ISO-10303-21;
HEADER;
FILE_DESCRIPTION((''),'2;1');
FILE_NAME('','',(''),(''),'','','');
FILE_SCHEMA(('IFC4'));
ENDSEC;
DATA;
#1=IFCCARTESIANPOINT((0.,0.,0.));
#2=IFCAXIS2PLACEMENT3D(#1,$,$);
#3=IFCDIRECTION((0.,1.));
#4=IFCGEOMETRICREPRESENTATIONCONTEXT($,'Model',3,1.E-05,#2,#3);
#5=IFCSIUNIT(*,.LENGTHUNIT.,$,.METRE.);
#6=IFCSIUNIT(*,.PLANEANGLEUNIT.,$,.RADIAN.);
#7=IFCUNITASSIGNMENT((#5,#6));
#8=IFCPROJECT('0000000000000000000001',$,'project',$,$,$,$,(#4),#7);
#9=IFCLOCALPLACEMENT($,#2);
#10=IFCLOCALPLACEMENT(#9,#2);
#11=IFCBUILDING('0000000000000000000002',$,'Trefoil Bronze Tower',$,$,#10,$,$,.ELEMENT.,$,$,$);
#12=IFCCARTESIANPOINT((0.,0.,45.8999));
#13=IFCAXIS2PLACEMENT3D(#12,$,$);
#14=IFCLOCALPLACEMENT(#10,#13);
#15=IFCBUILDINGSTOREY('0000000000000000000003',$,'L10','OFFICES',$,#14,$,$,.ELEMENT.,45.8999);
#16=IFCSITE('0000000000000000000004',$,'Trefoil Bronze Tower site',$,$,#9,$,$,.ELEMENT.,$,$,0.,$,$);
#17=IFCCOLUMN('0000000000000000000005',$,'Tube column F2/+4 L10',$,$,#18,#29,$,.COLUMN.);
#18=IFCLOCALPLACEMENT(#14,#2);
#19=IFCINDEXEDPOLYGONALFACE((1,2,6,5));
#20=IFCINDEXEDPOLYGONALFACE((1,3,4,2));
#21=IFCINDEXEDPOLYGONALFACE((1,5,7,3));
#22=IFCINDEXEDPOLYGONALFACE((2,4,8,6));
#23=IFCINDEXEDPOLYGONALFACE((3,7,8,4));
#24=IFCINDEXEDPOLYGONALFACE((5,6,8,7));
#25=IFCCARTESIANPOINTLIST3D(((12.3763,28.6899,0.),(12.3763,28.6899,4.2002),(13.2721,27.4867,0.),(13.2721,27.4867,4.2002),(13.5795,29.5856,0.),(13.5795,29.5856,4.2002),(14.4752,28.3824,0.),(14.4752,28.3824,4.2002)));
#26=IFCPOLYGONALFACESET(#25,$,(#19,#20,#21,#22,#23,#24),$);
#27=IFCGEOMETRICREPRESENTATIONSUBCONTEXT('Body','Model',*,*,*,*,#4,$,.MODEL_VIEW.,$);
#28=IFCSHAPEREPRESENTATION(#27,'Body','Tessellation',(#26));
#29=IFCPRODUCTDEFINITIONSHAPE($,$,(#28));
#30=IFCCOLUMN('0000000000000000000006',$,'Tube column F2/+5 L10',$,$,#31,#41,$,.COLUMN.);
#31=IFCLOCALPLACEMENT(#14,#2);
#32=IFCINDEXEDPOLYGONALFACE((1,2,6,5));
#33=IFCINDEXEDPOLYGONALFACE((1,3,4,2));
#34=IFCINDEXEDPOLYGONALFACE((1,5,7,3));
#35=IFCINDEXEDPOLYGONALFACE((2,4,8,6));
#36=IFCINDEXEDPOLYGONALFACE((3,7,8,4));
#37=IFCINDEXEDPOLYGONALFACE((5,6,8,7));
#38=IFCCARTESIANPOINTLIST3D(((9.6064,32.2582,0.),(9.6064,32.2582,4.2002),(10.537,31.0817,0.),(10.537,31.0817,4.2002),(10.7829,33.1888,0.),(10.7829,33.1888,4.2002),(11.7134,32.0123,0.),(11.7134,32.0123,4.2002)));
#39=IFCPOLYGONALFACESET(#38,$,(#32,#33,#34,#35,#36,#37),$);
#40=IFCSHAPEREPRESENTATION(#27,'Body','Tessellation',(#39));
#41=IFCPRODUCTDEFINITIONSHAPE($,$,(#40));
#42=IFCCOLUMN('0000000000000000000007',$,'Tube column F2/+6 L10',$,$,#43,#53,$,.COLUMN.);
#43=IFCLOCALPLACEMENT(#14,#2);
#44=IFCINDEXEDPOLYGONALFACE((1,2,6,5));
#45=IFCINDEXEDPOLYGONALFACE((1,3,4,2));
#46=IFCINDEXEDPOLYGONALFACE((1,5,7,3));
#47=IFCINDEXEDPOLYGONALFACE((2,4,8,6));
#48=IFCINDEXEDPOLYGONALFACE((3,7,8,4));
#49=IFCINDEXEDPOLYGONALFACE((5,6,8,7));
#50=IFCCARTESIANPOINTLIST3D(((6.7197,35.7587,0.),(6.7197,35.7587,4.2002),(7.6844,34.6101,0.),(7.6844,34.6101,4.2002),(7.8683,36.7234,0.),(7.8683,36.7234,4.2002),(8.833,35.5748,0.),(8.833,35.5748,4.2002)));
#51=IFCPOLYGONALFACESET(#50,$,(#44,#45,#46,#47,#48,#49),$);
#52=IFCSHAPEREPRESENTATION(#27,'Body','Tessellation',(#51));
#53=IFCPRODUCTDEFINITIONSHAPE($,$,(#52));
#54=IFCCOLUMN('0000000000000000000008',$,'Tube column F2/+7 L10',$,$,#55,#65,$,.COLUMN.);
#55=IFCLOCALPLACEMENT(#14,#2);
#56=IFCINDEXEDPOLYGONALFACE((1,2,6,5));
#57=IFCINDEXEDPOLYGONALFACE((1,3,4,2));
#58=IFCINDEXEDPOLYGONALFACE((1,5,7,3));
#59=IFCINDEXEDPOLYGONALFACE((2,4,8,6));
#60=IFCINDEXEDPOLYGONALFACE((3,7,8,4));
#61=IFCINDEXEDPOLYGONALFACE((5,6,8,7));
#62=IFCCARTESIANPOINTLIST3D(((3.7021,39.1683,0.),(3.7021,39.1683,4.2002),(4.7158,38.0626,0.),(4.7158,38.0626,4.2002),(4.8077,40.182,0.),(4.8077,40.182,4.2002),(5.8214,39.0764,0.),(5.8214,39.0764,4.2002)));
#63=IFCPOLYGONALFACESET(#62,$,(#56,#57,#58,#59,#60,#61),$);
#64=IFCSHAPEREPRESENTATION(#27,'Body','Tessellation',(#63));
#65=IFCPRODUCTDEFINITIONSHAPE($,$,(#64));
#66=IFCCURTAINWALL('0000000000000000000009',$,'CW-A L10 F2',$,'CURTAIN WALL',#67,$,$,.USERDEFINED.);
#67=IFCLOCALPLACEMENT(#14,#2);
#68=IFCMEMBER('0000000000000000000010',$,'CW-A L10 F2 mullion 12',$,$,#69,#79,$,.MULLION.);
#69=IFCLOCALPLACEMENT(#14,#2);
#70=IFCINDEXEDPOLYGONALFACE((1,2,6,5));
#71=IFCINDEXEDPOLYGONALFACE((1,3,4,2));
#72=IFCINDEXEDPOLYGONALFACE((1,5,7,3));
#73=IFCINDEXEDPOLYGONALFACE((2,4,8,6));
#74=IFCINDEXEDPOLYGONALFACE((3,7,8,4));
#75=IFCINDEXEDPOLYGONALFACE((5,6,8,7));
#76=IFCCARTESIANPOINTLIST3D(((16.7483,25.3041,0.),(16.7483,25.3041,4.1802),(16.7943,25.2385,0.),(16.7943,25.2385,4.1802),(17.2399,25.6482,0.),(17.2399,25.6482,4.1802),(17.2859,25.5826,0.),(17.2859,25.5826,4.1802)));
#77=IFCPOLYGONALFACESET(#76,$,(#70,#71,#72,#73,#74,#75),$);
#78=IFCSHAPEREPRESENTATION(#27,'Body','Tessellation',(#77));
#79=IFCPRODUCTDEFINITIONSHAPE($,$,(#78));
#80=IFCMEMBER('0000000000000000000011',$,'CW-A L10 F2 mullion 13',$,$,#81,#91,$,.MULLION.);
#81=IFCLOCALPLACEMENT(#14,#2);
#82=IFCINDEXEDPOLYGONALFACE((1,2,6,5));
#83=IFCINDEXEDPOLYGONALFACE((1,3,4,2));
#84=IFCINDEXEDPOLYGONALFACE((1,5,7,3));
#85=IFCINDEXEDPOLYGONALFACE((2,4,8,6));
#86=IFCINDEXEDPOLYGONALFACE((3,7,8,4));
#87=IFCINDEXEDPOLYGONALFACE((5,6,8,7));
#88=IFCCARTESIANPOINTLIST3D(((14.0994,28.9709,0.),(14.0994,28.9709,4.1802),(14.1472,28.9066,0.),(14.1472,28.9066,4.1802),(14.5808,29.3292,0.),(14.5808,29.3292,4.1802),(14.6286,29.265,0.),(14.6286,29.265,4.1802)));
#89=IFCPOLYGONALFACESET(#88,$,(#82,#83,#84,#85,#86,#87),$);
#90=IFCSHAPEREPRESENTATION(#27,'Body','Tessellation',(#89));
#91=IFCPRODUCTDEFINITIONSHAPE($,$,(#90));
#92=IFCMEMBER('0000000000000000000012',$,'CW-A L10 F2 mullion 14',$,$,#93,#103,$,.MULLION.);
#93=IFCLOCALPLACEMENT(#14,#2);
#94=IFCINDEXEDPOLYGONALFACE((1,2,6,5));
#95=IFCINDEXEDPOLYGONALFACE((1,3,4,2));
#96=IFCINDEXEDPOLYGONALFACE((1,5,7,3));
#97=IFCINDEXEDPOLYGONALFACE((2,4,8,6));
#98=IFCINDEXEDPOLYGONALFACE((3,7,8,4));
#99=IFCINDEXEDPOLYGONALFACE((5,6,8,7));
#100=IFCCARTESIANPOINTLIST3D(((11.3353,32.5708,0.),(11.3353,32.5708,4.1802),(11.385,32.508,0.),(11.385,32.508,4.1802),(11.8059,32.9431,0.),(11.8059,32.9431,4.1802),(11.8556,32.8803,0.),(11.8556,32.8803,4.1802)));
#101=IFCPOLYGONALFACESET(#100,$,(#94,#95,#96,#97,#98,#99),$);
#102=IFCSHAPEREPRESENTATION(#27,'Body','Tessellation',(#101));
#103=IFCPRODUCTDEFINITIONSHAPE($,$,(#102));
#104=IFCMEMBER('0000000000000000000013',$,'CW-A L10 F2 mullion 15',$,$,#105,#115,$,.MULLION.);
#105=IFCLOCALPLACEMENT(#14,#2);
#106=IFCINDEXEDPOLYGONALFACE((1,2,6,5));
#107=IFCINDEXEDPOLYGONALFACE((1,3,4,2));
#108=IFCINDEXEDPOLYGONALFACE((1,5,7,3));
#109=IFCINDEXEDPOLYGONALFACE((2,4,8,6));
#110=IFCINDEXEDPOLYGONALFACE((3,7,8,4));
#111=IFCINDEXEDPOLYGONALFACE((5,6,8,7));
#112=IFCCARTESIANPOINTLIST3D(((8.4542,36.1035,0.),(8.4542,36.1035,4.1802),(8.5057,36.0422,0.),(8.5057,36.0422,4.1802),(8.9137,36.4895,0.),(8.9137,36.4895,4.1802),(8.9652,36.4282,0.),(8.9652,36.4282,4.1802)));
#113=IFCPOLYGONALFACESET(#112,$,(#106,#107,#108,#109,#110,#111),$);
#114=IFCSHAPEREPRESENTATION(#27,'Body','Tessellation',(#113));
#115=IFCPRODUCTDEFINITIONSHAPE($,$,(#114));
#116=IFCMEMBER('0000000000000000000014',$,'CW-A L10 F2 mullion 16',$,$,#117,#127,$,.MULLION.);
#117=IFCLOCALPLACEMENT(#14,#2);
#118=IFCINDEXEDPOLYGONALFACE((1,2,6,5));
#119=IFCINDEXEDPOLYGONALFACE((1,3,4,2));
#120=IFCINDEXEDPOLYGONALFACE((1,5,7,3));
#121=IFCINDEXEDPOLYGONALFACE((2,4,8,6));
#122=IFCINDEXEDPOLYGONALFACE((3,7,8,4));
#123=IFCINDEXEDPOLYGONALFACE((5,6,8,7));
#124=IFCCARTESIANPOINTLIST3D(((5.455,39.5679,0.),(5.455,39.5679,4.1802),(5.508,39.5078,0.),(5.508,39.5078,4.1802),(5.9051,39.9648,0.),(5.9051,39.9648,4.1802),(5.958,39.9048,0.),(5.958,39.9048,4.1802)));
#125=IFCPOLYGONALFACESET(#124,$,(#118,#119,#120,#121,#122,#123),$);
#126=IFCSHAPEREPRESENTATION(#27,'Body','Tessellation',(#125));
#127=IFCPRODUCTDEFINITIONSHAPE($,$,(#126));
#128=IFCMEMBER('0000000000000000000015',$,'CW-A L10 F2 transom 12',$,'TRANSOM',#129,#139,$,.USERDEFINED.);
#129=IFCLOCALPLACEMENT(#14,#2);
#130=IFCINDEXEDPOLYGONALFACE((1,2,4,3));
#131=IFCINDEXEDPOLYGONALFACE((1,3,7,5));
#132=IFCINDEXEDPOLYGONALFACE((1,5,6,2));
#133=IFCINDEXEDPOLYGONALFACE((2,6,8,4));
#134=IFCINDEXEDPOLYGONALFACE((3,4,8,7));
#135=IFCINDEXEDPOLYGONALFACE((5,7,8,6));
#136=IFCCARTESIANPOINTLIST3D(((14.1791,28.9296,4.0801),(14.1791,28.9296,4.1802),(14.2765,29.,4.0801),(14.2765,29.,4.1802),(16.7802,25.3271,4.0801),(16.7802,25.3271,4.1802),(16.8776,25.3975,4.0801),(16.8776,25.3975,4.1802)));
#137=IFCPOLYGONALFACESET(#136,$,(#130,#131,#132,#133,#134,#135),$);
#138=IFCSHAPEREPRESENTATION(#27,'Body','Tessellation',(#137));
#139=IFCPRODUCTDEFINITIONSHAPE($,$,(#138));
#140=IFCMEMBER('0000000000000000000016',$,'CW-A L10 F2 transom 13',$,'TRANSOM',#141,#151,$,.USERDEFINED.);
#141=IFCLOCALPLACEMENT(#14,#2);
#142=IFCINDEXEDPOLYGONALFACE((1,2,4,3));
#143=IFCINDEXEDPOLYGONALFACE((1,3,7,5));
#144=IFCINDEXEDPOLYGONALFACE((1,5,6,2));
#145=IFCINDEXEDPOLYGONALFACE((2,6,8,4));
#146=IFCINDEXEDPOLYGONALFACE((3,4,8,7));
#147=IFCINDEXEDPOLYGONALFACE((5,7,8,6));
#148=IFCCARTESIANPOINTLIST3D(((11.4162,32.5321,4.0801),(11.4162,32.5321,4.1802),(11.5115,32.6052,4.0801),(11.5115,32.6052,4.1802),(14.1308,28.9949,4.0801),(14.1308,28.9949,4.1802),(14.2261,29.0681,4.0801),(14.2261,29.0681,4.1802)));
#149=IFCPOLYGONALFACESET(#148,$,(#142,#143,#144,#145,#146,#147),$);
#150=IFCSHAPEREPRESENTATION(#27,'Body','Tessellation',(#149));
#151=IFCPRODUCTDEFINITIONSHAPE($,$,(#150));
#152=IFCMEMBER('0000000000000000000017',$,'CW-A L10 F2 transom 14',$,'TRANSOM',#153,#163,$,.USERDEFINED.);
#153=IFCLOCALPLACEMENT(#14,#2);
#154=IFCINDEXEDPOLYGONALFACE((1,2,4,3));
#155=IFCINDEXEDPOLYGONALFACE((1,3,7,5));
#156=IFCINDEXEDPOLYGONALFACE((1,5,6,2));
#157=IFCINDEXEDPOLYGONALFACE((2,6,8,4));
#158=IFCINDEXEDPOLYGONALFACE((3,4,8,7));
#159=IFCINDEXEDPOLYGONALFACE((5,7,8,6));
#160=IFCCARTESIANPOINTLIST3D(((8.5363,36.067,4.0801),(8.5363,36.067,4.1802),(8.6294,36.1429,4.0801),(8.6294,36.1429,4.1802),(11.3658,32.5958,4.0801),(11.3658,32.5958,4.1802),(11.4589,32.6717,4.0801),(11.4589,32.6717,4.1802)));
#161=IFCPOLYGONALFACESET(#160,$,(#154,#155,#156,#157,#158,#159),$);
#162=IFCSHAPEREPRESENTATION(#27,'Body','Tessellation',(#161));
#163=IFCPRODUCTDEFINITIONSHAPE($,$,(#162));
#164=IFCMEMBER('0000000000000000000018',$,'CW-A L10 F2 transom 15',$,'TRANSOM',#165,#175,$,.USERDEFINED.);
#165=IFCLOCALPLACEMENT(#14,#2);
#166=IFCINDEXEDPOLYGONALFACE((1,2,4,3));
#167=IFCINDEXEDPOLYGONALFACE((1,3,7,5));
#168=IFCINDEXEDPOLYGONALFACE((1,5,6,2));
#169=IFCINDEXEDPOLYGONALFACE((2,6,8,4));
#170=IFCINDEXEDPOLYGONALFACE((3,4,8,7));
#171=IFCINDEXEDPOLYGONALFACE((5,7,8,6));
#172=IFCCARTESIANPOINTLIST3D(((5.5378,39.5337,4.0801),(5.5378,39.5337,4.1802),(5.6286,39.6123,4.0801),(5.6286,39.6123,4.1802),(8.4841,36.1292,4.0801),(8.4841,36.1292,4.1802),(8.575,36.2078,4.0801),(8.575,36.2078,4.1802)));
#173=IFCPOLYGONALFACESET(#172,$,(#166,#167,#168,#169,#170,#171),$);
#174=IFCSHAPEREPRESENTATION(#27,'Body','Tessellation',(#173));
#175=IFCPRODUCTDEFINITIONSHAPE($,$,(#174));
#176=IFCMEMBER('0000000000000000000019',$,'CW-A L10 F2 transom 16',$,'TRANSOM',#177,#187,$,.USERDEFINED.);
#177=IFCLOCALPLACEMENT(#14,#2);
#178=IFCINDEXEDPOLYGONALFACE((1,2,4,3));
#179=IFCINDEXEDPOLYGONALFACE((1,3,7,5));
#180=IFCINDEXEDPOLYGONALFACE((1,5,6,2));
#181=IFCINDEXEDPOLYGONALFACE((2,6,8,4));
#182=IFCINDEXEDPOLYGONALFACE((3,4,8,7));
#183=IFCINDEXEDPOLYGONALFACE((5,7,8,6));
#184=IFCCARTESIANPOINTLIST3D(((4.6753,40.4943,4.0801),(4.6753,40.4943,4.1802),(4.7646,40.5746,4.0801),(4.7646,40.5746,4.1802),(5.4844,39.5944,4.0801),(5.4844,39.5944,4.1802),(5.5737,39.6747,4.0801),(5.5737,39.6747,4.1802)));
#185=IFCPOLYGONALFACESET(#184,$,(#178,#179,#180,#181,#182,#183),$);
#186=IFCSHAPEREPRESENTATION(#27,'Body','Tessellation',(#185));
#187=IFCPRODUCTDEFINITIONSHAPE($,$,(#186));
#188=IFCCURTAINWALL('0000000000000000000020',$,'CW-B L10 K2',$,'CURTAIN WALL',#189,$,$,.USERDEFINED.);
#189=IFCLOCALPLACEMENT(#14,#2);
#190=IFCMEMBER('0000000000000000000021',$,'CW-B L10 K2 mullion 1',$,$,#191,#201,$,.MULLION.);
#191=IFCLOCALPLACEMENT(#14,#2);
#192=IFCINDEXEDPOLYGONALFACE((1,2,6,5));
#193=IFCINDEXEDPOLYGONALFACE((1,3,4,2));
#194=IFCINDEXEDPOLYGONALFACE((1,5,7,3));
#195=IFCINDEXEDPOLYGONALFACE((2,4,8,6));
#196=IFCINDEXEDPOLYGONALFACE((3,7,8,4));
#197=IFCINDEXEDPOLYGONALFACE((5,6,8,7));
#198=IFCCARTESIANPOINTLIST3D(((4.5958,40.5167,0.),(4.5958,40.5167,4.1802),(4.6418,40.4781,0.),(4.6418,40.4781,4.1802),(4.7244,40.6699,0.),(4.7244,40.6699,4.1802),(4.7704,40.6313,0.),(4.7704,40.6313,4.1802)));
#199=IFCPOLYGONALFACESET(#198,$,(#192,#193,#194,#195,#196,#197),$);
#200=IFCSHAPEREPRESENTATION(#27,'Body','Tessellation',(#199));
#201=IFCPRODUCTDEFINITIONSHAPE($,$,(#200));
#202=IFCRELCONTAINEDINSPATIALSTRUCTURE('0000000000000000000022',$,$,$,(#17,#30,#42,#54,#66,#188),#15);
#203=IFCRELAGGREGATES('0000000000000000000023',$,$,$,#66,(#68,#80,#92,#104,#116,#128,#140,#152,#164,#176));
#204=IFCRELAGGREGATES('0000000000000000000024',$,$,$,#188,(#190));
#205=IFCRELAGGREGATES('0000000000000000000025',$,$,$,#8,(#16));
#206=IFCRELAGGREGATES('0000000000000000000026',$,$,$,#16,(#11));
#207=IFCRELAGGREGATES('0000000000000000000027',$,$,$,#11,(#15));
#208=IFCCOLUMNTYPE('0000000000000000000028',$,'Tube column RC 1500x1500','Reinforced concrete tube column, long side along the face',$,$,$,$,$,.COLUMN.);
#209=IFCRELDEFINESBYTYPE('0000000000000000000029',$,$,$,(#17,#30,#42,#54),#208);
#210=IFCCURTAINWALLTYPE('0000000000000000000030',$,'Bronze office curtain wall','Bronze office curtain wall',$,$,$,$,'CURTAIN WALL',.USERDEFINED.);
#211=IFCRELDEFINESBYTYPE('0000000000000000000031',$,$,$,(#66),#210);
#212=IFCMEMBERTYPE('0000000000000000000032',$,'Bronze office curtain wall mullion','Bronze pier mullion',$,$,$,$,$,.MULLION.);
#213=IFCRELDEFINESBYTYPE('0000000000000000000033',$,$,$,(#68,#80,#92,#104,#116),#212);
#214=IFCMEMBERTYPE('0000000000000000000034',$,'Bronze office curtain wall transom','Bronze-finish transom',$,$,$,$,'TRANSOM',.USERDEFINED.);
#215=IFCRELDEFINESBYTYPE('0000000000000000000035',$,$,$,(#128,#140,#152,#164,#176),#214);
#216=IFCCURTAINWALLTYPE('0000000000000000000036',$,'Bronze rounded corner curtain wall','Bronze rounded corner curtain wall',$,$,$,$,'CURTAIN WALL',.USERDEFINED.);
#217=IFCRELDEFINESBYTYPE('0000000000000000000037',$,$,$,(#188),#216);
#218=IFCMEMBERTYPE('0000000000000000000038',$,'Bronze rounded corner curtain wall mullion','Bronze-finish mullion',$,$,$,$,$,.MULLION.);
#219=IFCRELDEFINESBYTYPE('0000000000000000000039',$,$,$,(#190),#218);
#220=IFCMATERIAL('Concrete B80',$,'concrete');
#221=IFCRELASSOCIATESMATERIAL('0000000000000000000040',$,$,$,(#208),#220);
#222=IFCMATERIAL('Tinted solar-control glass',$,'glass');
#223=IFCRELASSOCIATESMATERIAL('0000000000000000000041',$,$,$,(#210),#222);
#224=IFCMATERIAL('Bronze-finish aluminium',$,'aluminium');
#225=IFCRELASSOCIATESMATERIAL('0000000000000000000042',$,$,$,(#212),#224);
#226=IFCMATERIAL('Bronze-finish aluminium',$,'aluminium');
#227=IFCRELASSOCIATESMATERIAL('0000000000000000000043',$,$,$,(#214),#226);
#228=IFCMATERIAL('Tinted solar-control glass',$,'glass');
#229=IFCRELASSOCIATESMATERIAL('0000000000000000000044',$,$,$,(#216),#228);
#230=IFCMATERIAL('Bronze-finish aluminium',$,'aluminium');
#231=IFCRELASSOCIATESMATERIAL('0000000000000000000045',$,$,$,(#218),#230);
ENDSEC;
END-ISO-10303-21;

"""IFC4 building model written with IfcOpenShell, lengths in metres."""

from ifc_helpers import new_model, si_unit, direction, frame, origin, origin_2d, place, context, subcontext, project, spatial, rectangle, extrude, material, material_profile, profile_set, type_object, element, aggregate, save


model = new_model("IFC4")

# Units and contexts
model_context = context("Model", 3, precision=1e-05, world=origin(), true_north=direction((0.0, 1.0)))
body_context = subcontext(model_context, "Body", "Model", "MODEL_VIEW")
ifc_project = project(units=[si_unit("LENGTHUNIT", "METRE"), si_unit("PLANEANGLEUNIT", "RADIAN")], contexts=[model_context])

# Site, building, storey
site_placement = place(None, origin())
site = spatial("IfcSite", under=ifc_project, at=site_placement, Name="Trefoil Bronze Tower site", CompositionType="ELEMENT", RefElevation=0.0)
building_placement = place(site_placement, origin())
building = spatial("IfcBuilding", under=site, at=building_placement, Name="Trefoil Bronze Tower", CompositionType="ELEMENT")
storey_placement = place(building_placement, frame((0.0, 0.0, 45.8999)))
storey = spatial("IfcBuildingStorey", under=building, at=storey_placement, Name="L10", Description="OFFICES", CompositionType="ELEMENT", Elevation=45.8999)

# Columns
ifc_material_1 = material(Name="Concrete B80", Category="concrete")
ifc_material_profile_1 = material_profile(ifc_material_1, rectangle(XDim=1.5, YDim=1.5, at=origin_2d()), Name="RC 1500x1500")
ifc_profile_set_1 = profile_set([ifc_material_profile_1], Name="Concrete B80")
column_type = type_object("IfcColumnType", Name="Tube column RC 1500x1500", Description="Reinforced concrete tube column, long side along the face", PredefinedType="COLUMN", material=ifc_profile_set_1)
for number, where, z_axis, x_axis, name in (
    (1, (13.4258, 28.5361, 0.0), (0.0, 0.0, 1.0), (-0.597154, 0.802127, 0.0), "Tube column F2/+4 L10"),
    (2, (10.6599, 32.1353, 0.0), (0.0, 0.0, 1.0), (-0.620376, 0.784305, 0.0), "Tube column F2/+5 L10"),
    (3, (7.7764, 35.6667, 0.0), (0.0, 0.0, 1.0), (-0.643163, 0.765729, 0.0), "Tube column F2/+6 L10"),
    (4, (4.7617, 39.1223, 0.0), (0.0, 0.0, 1.0), (-0.675816, 0.73707, 0.0), "Tube column F2/+7 L10"),
):
    element("IfcColumn", number, at=place(storey_placement, frame(where, z_axis=z_axis, x_axis=x_axis)), inside=storey, type_object=column_type, Name=name, PredefinedType="COLUMN", context=body_context, shape_type="SweptSolid", body=[
        extrude(rectangle(XDim=1.5, YDim=1.5, at=origin_2d()), origin(), (0.0, 0.0, 1.0), 4.2002),
    ])

# Curtain walls, members
ifc_material_2 = material(Name="Tinted solar-control glass", Category="glass")
curtain_wall_type_1 = type_object("IfcCurtainWallType", Name="Bronze office curtain wall", Description="Bronze office curtain wall", ElementType="CURTAIN WALL", PredefinedType="USERDEFINED", material=ifc_material_2)
curtain_wall_1_placement = place(storey_placement, origin())
curtain_wall_1 = element("IfcCurtainWall", 5, at=curtain_wall_1_placement, inside=storey, type_object=curtain_wall_type_1, Name="CW-A L10 F2", ObjectType="CURTAIN WALL", PredefinedType="USERDEFINED")
ifc_material_3 = material(Name="Bronze-finish aluminium", Category="aluminium")
ifc_material_profile_2 = material_profile(ifc_material_3, rectangle(XDim=0.6001, YDim=0.0801, at=origin_2d()), Name="CW-A mullion")
ifc_profile_set_2 = profile_set([ifc_material_profile_2], Name="Bronze-finish aluminium")
member_type_1 = type_object("IfcMemberType", Name="Bronze office curtain wall mullion", Description="Bronze pier mullion", PredefinedType="MULLION", material=ifc_profile_set_2)
member_1_placement = place(storey_placement, frame((17.0171, 25.4434, 0.0), z_axis=(0.0, 0.0, 1.0), x_axis=(-0.819204, -0.573502, 0.0)))
member_1 = element("IfcMember", 6, at=member_1_placement, type_object=member_type_1, Name="CW-A L10 F2 mullion 12", PredefinedType="MULLION", context=body_context, shape_type="SweptSolid", body=[
    extrude(rectangle(XDim=0.6001, YDim=0.0801, at=origin_2d()), origin(), (0.0, 0.0, 1.0), 4.1802),
])
member_2_placement = place(storey_placement, frame((14.364, 29.1179, 0.0), z_axis=(0.0, 0.0, 1.0), x_axis=(-0.802127, -0.597154, 0.0)))
member_2 = element("IfcMember", 7, at=member_2_placement, type_object=member_type_1, Name="CW-A L10 F2 mullion 13", PredefinedType="MULLION", context=body_context, shape_type="SweptSolid", body=[
    extrude(rectangle(XDim=0.6001, YDim=0.0801, at=origin_2d()), origin(), (0.0, 0.0, 1.0), 4.1802),
])
member_3_placement = place(storey_placement, frame((11.5955, 32.7256, 0.0), z_axis=(0.0, 0.0, 1.0), x_axis=(-0.784305, -0.620376, 0.0)))
member_3 = element("IfcMember", 8, at=member_3_placement, type_object=member_type_1, Name="CW-A L10 F2 mullion 14", PredefinedType="MULLION", context=body_context, shape_type="SweptSolid", body=[
    extrude(rectangle(XDim=0.6001, YDim=0.0801, at=origin_2d()), origin(), (0.0, 0.0, 1.0), 4.1802),
])
member_4_placement = place(storey_placement, frame((8.7097, 36.2659, 0.0), z_axis=(0.0, 0.0, 1.0), x_axis=(-0.765729, -0.643163, 0.0)))
member_4 = element("IfcMember", 9, at=member_4_placement, type_object=member_type_1, Name="CW-A L10 F2 mullion 15", PredefinedType="MULLION", context=body_context, shape_type="SweptSolid", body=[
    extrude(rectangle(XDim=0.6001, YDim=0.0801, at=origin_2d()), origin(), (0.0, 0.0, 1.0), 4.1802),
])
member_5_placement = place(storey_placement, frame((5.7065, 39.7363, 0.0), z_axis=(0.0, 0.0, 1.0), x_axis=(-0.749941, -0.661505, 0.0)))
member_5 = element("IfcMember", 10, at=member_5_placement, type_object=member_type_1, Name="CW-A L10 F2 mullion 16", PredefinedType="MULLION", context=body_context, shape_type="SweptSolid", body=[
    extrude(rectangle(XDim=0.6001, YDim=0.0801, at=origin_2d()), origin(), (0.0, 0.0, 1.0), 4.1802),
])
ifc_material_4 = material(Name="Bronze-finish aluminium", Category="aluminium")
ifc_material_profile_3 = material_profile(ifc_material_4, rectangle(XDim=0.1201, YDim=0.1001, at=origin_2d()), Name="CW-A transom")
ifc_profile_set_3 = profile_set([ifc_material_profile_3], Name="Bronze-finish aluminium")
member_type_2 = type_object("IfcMemberType", Name="Bronze office curtain wall transom", Description="Bronze-finish transom", ElementType="TRANSOM", PredefinedType="USERDEFINED", material=ifc_profile_set_3)
member_6_placement = place(storey_placement, frame((16.8289, 25.3623, 4.1301), z_axis=(-0.585378, 0.81076, 0.0), x_axis=(-0.81076, -0.585378, 0.0)))
member_6 = element("IfcMember", 11, at=member_6_placement, type_object=member_type_2, Name="CW-A L10 F2 transom 12", ObjectType="TRANSOM", PredefinedType="USERDEFINED", context=body_context, shape_type="SweptSolid", body=[
    extrude(rectangle(XDim=0.1201, YDim=0.1001, at=origin_2d()), origin(), (0.0, 0.0, 1.0), 4.4434),
])
member_7_placement = place(storey_placement, frame((14.1785, 29.0315, 4.1301), z_axis=(-0.608829, 0.793301, 0.0), x_axis=(-0.793301, -0.608829, 0.0)))
member_7 = element("IfcMember", 12, at=member_7_placement, type_object=member_type_2, Name="CW-A L10 F2 transom 13", ObjectType="TRANSOM", PredefinedType="USERDEFINED", context=body_context, shape_type="SweptSolid", body=[
    extrude(rectangle(XDim=0.1201, YDim=0.1001, at=origin_2d()), origin(), (0.0, 0.0, 1.0), 4.4587),
])
member_8_placement = place(storey_placement, frame((11.4124, 32.6338, 4.1301), z_axis=(-0.631836, 0.775102, 0.0), x_axis=(-0.775102, -0.631836, 0.0)))
member_8 = element("IfcMember", 13, at=member_8_placement, type_object=member_type_2, Name="CW-A L10 F2 transom 14", ObjectType="TRANSOM", PredefinedType="USERDEFINED", context=body_context, shape_type="SweptSolid", body=[
    extrude(rectangle(XDim=0.1201, YDim=0.1001, at=origin_2d()), origin(), (0.0, 0.0, 1.0), 4.4783),
])
member_9_placement = place(storey_placement, frame((8.5295, 36.1685, 4.1301), z_axis=(-0.654383, 0.756163, 0.0), x_axis=(-0.756163, -0.654383, 0.0)))
member_9 = element("IfcMember", 14, at=member_9_placement, type_object=member_type_2, Name="CW-A L10 F2 transom 15", ObjectType="TRANSOM", PredefinedType="USERDEFINED", context=body_context, shape_type="SweptSolid", body=[
    extrude(rectangle(XDim=0.1201, YDim=0.1001, at=origin_2d()), origin(), (0.0, 0.0, 1.0), 4.5024),
])
member_10_placement = place(storey_placement, frame((5.5291, 39.6345, 4.1301), z_axis=(-0.668586, 0.743635, 0.0), x_axis=(-0.743635, -0.668586, 0.0)))
member_10 = element("IfcMember", 15, at=member_10_placement, type_object=member_type_2, Name="CW-A L10 F2 transom 16", ObjectType="TRANSOM", PredefinedType="USERDEFINED", context=body_context, shape_type="SweptSolid", body=[
    extrude(rectangle(XDim=0.1201, YDim=0.1001, at=origin_2d()), origin(), (0.0, 0.0, 1.0), 1.2102),
])
ifc_material_5 = material(Name="Tinted solar-control glass", Category="glass")
curtain_wall_type_2 = type_object("IfcCurtainWallType", Name="Bronze rounded corner curtain wall", Description="Bronze rounded corner curtain wall", ElementType="CURTAIN WALL", PredefinedType="USERDEFINED", material=ifc_material_5)
curtain_wall_2_placement = place(storey_placement, origin())
curtain_wall_2 = element("IfcCurtainWall", 16, at=curtain_wall_2_placement, inside=storey, type_object=curtain_wall_type_2, Name="CW-B L10 K2", ObjectType="CURTAIN WALL", PredefinedType="USERDEFINED")
ifc_material_6 = material(Name="Bronze-finish aluminium", Category="aluminium")
ifc_material_profile_4 = material_profile(ifc_material_6, rectangle(XDim=0.2, YDim=0.0601, at=origin_2d()), Name="CW-B mullion")
ifc_profile_set_4 = profile_set([ifc_material_profile_4], Name="Bronze-finish aluminium")
member_type_3 = type_object("IfcMemberType", Name="Bronze rounded corner curtain wall mullion", Description="Bronze-finish mullion", PredefinedType="MULLION", material=ifc_profile_set_4)
member_11_placement = place(storey_placement, frame((4.6831, 40.574, 0.0), z_axis=(0.0, 0.0, 1.0), x_axis=(-0.642788, -0.766044, 0.0)))
member_11 = element("IfcMember", 17, at=member_11_placement, type_object=member_type_3, Name="CW-B L10 K2 mullion 1", PredefinedType="MULLION", context=body_context, shape_type="SweptSolid", body=[
    extrude(rectangle(XDim=0.2, YDim=0.0601, at=origin_2d()), origin(), (0.0, 0.0, 1.0), 4.1802),
])

aggregate(curtain_wall_1, [member_1, member_2, member_3, member_4, member_5, member_6, member_7, member_8, member_9, member_10])
aggregate(curtain_wall_2, [member_11])

save(model, "model.ifc")
